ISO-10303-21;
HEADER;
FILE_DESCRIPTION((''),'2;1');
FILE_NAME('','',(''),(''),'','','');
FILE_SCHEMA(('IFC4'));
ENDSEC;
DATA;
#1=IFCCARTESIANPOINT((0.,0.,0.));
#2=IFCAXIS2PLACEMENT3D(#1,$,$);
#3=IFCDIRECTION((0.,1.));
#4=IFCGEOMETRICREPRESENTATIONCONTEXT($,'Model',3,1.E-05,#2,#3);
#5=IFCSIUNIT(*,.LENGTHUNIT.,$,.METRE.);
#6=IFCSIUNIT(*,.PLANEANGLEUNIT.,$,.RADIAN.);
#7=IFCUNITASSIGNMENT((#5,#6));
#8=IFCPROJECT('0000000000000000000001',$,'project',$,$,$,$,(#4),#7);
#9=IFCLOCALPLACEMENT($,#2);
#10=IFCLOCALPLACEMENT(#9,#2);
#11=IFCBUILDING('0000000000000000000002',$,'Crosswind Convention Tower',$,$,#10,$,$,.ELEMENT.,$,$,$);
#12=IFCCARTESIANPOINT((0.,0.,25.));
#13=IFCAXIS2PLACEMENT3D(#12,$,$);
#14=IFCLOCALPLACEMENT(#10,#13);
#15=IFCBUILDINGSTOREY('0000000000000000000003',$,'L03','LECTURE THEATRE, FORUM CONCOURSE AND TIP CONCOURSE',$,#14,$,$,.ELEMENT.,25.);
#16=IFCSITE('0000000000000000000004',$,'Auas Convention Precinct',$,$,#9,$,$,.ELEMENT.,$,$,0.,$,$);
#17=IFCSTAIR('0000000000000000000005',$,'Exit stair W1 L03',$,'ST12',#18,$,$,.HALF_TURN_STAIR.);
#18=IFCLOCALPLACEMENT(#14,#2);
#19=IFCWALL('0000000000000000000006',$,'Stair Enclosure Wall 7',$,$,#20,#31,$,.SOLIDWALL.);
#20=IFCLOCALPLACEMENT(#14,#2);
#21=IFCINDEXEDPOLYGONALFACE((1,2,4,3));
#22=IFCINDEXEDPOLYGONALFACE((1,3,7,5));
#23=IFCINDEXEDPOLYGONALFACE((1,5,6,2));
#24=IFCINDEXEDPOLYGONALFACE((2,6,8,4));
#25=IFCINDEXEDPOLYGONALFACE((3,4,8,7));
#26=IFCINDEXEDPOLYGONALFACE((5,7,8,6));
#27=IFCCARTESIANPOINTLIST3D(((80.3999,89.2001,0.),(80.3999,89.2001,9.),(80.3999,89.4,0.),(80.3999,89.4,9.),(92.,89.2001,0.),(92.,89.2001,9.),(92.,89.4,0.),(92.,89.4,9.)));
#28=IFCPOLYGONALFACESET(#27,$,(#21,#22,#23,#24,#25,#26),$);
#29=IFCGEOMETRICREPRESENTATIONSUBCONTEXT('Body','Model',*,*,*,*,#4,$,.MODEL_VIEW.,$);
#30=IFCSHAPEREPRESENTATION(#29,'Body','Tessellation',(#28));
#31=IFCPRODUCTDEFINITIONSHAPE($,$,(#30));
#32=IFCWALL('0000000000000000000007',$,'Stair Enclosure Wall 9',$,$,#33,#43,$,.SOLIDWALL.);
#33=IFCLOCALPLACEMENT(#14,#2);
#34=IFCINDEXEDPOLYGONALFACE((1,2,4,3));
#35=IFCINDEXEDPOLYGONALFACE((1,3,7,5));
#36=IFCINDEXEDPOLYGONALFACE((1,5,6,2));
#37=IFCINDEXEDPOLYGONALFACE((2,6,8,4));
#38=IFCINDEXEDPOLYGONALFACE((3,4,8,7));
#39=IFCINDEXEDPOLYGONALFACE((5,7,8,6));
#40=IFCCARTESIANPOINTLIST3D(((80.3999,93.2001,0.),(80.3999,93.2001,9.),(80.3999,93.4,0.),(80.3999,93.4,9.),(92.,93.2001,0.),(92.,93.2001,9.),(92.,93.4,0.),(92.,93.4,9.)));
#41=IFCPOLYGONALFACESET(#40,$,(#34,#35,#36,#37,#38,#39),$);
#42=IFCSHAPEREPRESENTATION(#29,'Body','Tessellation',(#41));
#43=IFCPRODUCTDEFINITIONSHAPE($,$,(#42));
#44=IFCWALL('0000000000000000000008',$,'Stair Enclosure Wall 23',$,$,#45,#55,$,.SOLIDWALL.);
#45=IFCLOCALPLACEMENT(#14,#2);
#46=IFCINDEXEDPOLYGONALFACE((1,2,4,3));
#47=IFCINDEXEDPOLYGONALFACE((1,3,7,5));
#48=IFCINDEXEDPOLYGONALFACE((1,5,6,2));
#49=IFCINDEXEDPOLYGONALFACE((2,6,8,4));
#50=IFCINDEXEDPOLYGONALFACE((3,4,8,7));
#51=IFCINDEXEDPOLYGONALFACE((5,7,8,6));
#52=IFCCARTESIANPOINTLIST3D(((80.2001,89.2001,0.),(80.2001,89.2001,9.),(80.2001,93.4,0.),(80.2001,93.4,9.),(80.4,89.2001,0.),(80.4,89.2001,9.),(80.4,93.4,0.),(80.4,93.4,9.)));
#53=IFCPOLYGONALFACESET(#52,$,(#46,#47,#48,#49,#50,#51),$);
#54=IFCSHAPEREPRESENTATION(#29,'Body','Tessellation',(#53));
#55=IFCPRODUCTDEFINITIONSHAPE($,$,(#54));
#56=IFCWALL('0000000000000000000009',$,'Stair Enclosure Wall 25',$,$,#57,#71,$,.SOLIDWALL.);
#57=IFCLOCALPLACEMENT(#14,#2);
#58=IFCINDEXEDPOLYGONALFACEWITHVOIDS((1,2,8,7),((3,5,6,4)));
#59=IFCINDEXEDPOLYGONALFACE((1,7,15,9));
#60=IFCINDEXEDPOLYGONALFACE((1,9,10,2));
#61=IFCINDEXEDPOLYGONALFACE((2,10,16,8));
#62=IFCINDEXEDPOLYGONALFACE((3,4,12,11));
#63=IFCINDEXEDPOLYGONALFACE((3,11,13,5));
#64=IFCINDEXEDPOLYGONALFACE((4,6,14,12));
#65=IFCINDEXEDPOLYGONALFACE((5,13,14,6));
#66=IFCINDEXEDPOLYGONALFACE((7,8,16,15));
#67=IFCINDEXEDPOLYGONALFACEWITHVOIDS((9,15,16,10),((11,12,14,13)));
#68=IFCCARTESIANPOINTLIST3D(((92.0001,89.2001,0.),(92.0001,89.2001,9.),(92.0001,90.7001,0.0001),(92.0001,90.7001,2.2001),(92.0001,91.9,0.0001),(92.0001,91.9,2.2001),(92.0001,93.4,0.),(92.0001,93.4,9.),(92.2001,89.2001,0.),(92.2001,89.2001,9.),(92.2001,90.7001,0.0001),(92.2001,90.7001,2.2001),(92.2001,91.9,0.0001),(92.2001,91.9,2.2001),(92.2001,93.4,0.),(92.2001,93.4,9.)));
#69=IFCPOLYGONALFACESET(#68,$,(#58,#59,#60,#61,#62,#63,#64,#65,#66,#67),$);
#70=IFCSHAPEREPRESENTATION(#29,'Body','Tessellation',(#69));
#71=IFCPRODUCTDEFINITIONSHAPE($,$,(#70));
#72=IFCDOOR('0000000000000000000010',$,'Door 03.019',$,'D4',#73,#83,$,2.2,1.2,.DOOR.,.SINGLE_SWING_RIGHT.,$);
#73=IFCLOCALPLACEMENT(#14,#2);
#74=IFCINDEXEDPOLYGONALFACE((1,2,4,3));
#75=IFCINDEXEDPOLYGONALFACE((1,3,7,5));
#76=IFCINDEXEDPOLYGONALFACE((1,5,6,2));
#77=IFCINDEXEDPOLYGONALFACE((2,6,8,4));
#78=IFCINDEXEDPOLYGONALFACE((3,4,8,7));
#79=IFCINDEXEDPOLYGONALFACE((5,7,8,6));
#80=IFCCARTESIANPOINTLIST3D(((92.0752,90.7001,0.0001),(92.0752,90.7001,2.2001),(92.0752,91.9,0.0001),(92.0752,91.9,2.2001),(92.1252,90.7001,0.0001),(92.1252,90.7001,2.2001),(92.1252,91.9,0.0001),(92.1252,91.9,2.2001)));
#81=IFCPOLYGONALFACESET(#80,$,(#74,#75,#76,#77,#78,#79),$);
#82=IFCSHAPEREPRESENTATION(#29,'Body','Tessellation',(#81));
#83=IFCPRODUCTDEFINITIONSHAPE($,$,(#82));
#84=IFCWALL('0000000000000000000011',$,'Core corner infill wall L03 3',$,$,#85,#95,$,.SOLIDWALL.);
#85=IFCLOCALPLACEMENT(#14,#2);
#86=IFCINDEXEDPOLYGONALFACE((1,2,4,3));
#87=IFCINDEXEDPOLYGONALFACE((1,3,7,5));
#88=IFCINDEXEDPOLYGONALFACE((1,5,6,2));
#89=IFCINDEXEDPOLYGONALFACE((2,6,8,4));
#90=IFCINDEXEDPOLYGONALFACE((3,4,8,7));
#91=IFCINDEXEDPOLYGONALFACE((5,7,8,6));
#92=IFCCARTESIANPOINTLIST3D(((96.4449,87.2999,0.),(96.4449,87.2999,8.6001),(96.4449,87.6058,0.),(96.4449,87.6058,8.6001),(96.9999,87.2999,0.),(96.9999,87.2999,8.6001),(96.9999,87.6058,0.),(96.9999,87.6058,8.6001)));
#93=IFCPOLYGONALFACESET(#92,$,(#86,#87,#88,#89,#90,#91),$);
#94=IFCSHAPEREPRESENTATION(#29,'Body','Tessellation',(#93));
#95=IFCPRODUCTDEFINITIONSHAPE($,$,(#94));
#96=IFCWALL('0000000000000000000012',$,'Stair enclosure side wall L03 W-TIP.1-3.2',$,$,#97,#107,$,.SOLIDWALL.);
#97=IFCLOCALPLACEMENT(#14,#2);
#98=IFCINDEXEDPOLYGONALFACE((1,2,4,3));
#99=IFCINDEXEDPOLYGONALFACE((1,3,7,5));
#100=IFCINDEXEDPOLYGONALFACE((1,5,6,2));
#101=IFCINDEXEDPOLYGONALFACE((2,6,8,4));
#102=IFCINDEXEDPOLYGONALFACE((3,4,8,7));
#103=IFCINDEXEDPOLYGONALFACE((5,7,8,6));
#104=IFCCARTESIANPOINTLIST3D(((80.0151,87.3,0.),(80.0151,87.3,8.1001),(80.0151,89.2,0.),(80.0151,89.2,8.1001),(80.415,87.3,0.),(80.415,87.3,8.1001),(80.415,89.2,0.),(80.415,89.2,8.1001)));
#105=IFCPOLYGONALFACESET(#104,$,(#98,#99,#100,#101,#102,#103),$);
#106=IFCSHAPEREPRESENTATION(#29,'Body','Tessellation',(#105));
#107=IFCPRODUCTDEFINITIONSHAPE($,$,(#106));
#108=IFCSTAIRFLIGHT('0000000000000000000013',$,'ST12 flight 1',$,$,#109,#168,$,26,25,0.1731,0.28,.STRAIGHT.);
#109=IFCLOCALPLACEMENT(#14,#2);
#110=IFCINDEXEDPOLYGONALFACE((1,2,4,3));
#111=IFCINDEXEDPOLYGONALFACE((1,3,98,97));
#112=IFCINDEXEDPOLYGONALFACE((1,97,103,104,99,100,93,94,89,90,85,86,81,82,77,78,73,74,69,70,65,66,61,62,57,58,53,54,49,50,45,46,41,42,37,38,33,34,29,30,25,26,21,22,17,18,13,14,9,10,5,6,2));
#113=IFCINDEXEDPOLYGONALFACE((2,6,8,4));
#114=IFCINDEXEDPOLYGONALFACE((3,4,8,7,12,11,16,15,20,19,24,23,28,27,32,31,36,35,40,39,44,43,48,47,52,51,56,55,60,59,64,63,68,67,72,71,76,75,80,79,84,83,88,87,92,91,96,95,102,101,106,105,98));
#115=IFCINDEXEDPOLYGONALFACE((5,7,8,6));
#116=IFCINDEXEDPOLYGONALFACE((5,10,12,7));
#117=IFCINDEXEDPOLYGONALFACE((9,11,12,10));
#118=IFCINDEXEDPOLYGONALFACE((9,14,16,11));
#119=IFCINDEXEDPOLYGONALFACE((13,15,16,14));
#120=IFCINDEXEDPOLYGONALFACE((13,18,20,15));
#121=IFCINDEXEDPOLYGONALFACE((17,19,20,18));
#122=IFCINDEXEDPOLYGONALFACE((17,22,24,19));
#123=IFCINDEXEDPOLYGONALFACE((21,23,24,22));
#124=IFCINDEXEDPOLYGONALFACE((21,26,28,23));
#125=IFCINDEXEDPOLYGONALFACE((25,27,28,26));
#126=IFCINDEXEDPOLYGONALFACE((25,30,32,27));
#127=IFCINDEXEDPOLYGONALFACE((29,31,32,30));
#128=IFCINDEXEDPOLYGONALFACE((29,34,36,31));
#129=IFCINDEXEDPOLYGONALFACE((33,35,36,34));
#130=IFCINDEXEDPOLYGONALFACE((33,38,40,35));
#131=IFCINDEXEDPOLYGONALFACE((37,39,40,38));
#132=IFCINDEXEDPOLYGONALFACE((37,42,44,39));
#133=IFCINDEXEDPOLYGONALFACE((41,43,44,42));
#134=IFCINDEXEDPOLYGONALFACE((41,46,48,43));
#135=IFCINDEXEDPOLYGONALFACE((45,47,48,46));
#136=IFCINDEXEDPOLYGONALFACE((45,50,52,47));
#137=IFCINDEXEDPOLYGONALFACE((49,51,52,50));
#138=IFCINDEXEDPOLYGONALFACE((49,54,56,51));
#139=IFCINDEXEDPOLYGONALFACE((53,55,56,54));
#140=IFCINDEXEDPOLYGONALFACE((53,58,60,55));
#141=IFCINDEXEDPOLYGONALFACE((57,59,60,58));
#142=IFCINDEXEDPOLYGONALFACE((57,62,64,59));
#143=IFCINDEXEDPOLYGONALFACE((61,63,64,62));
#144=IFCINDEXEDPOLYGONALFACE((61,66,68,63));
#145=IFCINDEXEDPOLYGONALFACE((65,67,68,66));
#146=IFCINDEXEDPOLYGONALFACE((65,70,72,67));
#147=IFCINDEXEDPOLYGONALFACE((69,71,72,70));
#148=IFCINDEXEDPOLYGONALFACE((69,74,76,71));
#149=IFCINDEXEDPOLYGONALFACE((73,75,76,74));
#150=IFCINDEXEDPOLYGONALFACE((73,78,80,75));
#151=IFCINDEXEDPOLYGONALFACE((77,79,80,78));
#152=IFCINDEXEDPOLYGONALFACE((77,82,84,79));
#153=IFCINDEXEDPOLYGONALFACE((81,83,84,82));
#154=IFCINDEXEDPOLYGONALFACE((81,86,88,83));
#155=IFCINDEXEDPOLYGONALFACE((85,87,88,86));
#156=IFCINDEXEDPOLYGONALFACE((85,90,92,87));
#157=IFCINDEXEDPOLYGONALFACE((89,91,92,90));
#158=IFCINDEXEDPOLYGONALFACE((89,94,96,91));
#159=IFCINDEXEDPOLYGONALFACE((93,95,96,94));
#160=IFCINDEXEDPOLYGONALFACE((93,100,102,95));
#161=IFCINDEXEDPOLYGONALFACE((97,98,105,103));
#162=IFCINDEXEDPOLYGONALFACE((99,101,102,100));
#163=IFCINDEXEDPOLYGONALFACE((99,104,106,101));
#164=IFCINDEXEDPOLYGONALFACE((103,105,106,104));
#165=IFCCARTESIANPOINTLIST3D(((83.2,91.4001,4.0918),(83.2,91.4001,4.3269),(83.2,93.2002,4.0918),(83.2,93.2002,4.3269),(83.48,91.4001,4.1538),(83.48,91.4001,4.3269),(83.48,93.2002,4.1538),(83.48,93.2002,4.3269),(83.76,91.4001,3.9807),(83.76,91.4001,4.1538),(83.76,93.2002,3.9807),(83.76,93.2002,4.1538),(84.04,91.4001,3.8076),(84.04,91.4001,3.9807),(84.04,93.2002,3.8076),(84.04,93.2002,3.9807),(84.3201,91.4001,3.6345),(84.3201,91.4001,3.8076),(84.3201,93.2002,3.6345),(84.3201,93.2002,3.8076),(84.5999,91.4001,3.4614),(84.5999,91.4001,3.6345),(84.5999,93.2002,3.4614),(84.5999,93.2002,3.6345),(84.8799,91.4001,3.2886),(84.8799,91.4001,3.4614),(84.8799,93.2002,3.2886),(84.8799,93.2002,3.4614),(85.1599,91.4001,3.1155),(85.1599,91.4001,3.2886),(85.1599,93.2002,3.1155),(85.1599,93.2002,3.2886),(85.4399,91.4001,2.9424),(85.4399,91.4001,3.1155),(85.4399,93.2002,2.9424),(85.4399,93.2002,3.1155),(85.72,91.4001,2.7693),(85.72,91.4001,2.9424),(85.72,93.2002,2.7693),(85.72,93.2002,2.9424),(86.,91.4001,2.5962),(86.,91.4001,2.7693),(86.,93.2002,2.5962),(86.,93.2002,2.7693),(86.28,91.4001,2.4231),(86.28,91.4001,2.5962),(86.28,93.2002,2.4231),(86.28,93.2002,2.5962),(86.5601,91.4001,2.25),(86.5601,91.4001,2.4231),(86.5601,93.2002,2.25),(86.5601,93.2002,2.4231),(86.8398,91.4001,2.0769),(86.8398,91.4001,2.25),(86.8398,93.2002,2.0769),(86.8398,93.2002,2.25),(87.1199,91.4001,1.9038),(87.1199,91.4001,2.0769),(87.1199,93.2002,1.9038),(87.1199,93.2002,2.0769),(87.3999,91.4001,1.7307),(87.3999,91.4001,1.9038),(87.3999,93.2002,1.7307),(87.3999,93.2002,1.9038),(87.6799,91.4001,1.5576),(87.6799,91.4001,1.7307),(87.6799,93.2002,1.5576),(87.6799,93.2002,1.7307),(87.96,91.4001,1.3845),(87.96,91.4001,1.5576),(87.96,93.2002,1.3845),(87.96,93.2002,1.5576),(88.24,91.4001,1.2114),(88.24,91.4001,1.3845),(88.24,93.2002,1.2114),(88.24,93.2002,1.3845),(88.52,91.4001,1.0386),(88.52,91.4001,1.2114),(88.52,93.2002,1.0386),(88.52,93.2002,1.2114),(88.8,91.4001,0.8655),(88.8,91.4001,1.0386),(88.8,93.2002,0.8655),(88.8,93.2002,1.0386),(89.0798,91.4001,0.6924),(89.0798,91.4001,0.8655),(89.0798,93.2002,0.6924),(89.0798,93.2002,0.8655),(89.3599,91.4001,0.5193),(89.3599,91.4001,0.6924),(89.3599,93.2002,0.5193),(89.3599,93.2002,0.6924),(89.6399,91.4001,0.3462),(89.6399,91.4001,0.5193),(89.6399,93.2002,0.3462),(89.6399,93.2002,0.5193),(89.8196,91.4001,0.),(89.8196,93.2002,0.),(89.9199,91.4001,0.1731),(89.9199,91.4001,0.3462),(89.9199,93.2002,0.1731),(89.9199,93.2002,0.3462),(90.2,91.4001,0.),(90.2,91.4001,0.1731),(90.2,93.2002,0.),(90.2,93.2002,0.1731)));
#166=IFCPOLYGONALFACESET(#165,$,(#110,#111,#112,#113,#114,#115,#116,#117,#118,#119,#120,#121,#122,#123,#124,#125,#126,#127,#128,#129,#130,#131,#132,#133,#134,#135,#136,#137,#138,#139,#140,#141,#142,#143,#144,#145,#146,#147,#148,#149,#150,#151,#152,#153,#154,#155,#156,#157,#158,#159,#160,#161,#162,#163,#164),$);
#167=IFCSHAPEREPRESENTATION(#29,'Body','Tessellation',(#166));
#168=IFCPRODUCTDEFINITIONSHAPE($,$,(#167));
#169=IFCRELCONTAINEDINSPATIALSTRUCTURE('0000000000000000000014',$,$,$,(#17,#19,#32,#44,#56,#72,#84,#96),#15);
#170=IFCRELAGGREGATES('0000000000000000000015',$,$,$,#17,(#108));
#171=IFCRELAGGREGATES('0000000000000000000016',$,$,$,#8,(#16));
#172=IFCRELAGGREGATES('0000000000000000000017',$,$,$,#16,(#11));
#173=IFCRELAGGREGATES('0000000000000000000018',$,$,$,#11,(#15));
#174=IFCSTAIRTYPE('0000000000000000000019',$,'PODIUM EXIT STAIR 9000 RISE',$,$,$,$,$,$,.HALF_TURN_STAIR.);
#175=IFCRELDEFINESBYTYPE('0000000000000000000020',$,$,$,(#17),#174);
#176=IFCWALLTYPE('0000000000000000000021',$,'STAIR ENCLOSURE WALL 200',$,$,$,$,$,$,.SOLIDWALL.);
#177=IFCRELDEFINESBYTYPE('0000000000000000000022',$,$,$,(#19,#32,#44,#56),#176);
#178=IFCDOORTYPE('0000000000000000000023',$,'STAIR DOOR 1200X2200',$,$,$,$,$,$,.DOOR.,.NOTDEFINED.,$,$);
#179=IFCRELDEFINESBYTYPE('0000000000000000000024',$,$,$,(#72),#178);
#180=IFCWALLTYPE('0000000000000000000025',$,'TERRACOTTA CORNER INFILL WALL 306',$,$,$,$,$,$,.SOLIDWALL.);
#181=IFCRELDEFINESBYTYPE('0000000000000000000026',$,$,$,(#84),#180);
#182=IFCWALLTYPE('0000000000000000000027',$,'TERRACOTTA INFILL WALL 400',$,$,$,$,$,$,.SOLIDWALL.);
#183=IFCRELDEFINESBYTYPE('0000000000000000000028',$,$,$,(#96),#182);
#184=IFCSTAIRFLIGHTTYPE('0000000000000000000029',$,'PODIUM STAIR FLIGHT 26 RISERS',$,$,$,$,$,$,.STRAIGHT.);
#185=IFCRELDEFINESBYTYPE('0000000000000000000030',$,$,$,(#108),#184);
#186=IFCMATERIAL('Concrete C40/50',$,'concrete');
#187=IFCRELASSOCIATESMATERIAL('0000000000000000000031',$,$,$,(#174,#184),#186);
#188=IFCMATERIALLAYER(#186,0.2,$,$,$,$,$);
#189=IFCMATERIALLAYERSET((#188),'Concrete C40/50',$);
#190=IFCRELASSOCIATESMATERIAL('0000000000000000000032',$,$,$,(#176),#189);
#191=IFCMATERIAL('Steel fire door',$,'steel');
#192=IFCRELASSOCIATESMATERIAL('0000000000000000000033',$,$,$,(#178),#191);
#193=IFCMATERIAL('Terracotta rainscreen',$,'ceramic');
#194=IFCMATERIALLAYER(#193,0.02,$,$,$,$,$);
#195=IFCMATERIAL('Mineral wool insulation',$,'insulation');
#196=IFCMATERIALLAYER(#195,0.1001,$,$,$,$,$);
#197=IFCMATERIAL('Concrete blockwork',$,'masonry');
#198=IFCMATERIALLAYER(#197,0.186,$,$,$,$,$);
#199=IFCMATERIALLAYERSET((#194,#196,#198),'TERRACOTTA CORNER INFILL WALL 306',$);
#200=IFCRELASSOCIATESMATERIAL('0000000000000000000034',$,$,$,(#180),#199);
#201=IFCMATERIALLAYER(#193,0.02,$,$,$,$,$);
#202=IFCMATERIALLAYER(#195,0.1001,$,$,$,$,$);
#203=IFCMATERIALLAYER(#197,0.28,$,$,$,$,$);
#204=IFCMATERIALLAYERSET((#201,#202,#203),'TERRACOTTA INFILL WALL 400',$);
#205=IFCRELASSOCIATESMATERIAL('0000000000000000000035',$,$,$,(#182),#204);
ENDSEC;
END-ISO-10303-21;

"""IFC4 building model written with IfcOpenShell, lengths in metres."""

from ifc_helpers import new_model, si_unit, direction, frame, frame_2d, origin, place, context, subcontext, project, spatial, polyline, rectangle, outline, extrude, material, layer, layer_set, type_object, element, fill, aggregate, save


model = new_model("IFC4")

# Units and contexts
model_context = context("Model", 3, precision=1e-05, world=origin(), true_north=direction((0.0, 1.0)))
body_context = subcontext(model_context, "Body", "Model", "MODEL_VIEW")
ifc_project = project(units=[si_unit("LENGTHUNIT", "METRE"), si_unit("PLANEANGLEUNIT", "RADIAN")], contexts=[model_context])

# Site, building, storey
site_placement = place(None, origin())
site = spatial("IfcSite", under=ifc_project, at=site_placement, Name="Auas Convention Precinct", CompositionType="ELEMENT", RefElevation=0.0)
building_placement = place(site_placement, origin())
building = spatial("IfcBuilding", under=site, at=building_placement, Name="Crosswind Convention Tower", CompositionType="ELEMENT")
storey_placement = place(building_placement, frame((0.0, 0.0, 25.0)))
storey = spatial("IfcBuildingStorey", under=building, at=storey_placement, Name="L03", Description="LECTURE THEATRE, FORUM CONCOURSE AND TIP CONCOURSE", CompositionType="ELEMENT", Elevation=25.0)

# Stair
ifc_material_1 = material(Name="Concrete C40/50", Category="concrete")
stair_type = type_object("IfcStairType", Name="PODIUM EXIT STAIR 9000 RISE", PredefinedType="HALF_TURN_STAIR", material=ifc_material_1)
stair_1_placement = place(storey_placement, origin())
stair_1 = element("IfcStair", 1, at=stair_1_placement, inside=storey, type_object=stair_type, Name="Exit stair W1 L03", ObjectType="ST12", PredefinedType="HALF_TURN_STAIR")

# Walls
ifc_layer_1 = layer(ifc_material_1, 0.2)
ifc_layer_set_1 = layer_set([ifc_layer_1], Name="Concrete C40/50")
wall_type_1 = type_object("IfcWallType", Name="STAIR ENCLOSURE WALL 200", PredefinedType="SOLIDWALL", material=ifc_layer_set_1)
for number, where, z_axis, x_axis, name in (
    (2, (80.3999, 89.3, 0.0), (0.0, 0.0, 1.0), (1.0, 0.0, 0.0), "Stair Enclosure Wall 7"),
    (3, (80.3999, 93.3, 0.0), (0.0, 0.0, 1.0), (1.0, 0.0, 0.0), "Stair Enclosure Wall 9"),
):
    element("IfcWall", number, at=place(storey_placement, frame(where, z_axis=z_axis, x_axis=x_axis)), inside=storey, type_object=wall_type_1, Name=name, PredefinedType="SOLIDWALL", context=body_context, shape_type="SweptSolid", body=[
        extrude(rectangle(XDim=11.6001, YDim=0.2, at=frame_2d((5.8, 0.0))), origin(), (0.0, 0.0, 1.0), 9.0),
    ])
wall_1_placement = place(storey_placement, frame((80.3, 89.2, 0.0), z_axis=(0.0, 0.0, 1.0), x_axis=(0.0, 1.0, 0.0)))
element("IfcWall", 4, at=wall_1_placement, inside=storey, type_object=wall_type_1, Name="Stair Enclosure Wall 23", PredefinedType="SOLIDWALL", context=body_context, shape_type="SweptSolid", body=[
    extrude(rectangle(XDim=4.2, YDim=0.2, at=frame_2d((2.1001, 0.0))), origin(), (0.0, 0.0, 1.0), 9.0),
])

# Wall, opening, door
wall_2_placement = place(storey_placement, frame((92.1001, 89.2, 0.0), z_axis=(0.0, 0.0, 1.0), x_axis=(0.0, 1.0, 0.0)))
wall_2 = element("IfcWall", 5, at=wall_2_placement, inside=storey, type_object=wall_type_1, Name="Stair Enclosure Wall 25", PredefinedType="SOLIDWALL", context=body_context, shape_type="SweptSolid", body=[
    extrude(rectangle(XDim=4.2, YDim=0.2, at=frame_2d((2.1001, 0.0))), origin(), (0.0, 0.0, 1.0), 9.0),
])
opening_placement = place(wall_2_placement, frame((1.5, 0.0, 0.0)))
opening = element("IfcOpeningElement", 6, at=opening_placement, cuts=wall_2, PredefinedType="OPENING", context=body_context, shape_type="SweptSolid", body=[
    extrude(rectangle(XDim=1.2, YDim=2.2, at=frame_2d((0.6001, 1.1001))), frame((0.0, 0.1099, 0.0), z_axis=(0.0, -1.0, 0.0), x_axis=(1.0, 0.0, 0.0)), (0.0, 0.0, 1.0), 0.22),
])
ifc_material_2 = material(Name="Steel fire door", Category="steel")
door_type = type_object("IfcDoorType", Name="STAIR DOOR 1200X2200", OperationType="NOTDEFINED", PredefinedType="DOOR", material=ifc_material_2)
door_placement = place(opening_placement, origin())
door = element("IfcDoor", 7, at=door_placement, inside=storey, type_object=door_type, Name="Door 03.019", ObjectType="D4", OperationType="SINGLE_SWING_RIGHT", OverallHeight=2.2, OverallWidth=1.2, PredefinedType="DOOR", context=body_context, shape_type="SweptSolid", body=[
    extrude(rectangle(XDim=1.2, YDim=2.2, at=frame_2d((0.6001, 1.1001))), frame((0.0, 0.0249, 0.0), z_axis=(0.0, -1.0, 0.0), x_axis=(1.0, 0.0, 0.0)), (0.0, 0.0, 1.0), 0.05),
])
fill(opening, door)

# Walls
ifc_material_3 = material(Name="Terracotta rainscreen", Category="ceramic")
ifc_layer_2 = layer(ifc_material_3, 0.02)
ifc_material_4 = material(Name="Mineral wool insulation", Category="insulation")
ifc_layer_3 = layer(ifc_material_4, 0.1001)
ifc_material_5 = material(Name="Concrete blockwork", Category="masonry")
ifc_layer_4 = layer(ifc_material_5, 0.186)
ifc_layer_set_2 = layer_set([ifc_layer_2, ifc_layer_3, ifc_layer_4], Name="TERRACOTTA CORNER INFILL WALL 306")
wall_type_2 = type_object("IfcWallType", Name="TERRACOTTA CORNER INFILL WALL 306", PredefinedType="SOLIDWALL", material=ifc_layer_set_2)
wall_3_placement = place(storey_placement, frame((96.4451, 87.4529, 0.0), z_axis=(0.0, 0.0, 1.0), x_axis=(1.0, 0.0, 0.0)))
element("IfcWall", 8, at=wall_3_placement, inside=storey, type_object=wall_type_2, Name="Core corner infill wall L03 3", PredefinedType="SOLIDWALL", context=body_context, shape_type="SweptSolid", body=[
    extrude(rectangle(XDim=0.5549, YDim=0.3059, at=frame_2d((0.2773, 0.0))), origin(), (0.0, 0.0, 1.0), 8.6001),
])
ifc_layer_5 = layer(ifc_material_3, 0.02)
ifc_layer_6 = layer(ifc_material_4, 0.1001)
ifc_layer_7 = layer(ifc_material_5, 0.28)
ifc_layer_set_3 = layer_set([ifc_layer_5, ifc_layer_6, ifc_layer_7], Name="TERRACOTTA INFILL WALL 400")
wall_type_3 = type_object("IfcWallType", Name="TERRACOTTA INFILL WALL 400", PredefinedType="SOLIDWALL", material=ifc_layer_set_3)
wall_4_placement = place(storey_placement, frame((80.2151, 89.2, 0.0), z_axis=(0.0, 0.0, 1.0), x_axis=(0.0, -1.0, 0.0)))
element("IfcWall", 9, at=wall_4_placement, inside=storey, type_object=wall_type_3, Name="Stair enclosure side wall L03 W-TIP.1-3.2", PredefinedType="SOLIDWALL", context=body_context, shape_type="SweptSolid", body=[
    extrude(rectangle(XDim=1.8999, YDim=0.3999, at=frame_2d((0.95, 0.0))), origin(), (0.0, 0.0, 1.0), 8.1001),
])

# Stair flight
stair_flight_type = type_object("IfcStairFlightType", Name="PODIUM STAIR FLIGHT 26 RISERS", PredefinedType="STRAIGHT", material=ifc_material_1)
stair_flight_1_placement = place(storey_placement, frame((90.2, 92.3, 0.0), z_axis=(0.0, 0.0, 1.0), x_axis=(-1.0, 0.0, 0.0)))
stair_flight_1 = element("IfcStairFlight", 10, at=stair_flight_1_placement, type_object=stair_flight_type, Name="ST12 flight 1", NumberOfRisers=26, NumberOfTreads=25, PredefinedType="STRAIGHT", RiserHeight=0.1731, TreadLength=0.28, context=body_context, shape_type="SweptSolid", body=[
    extrude(outline(polyline([(0.0, 0.0), (0.0, 0.1731), (0.28, 0.1731), (0.28, 0.3462), (0.5601, 0.3462), (0.5601, 0.5193), (0.8401, 0.5193), (0.8401, 0.6924), (1.1201, 0.6924), (1.1201, 0.8655), (1.3999, 0.8655), (1.3999, 1.0386), (1.6799, 1.0386), (1.6799, 1.2114), (1.96, 1.2114), (1.96, 1.3845), (2.24, 1.3845), (2.24, 1.5576), (2.52, 1.5576), (2.52, 1.7307), (2.8, 1.7307), (2.8, 1.9038), (3.0801, 1.9038), (3.0801, 2.0769), (3.3601, 2.0769), (3.3601, 2.25), (3.6399, 2.25), (3.6399, 2.4231), (3.9199, 2.4231), (3.9199, 2.5962), (4.2, 2.5962), (4.2, 2.7693), (4.48, 2.7693), (4.48, 2.9424), (4.76, 2.9424), (4.76, 3.1155), (5.04, 3.1155), (5.04, 3.2886), (5.3201, 3.2886), (5.3201, 3.4614), (5.6001, 3.4614), (5.6001, 3.6345), (5.8799, 3.6345), (5.8799, 3.8076), (6.1599, 3.8076), (6.1599, 3.9807), (6.4399, 3.9807), (6.4399, 4.1538), (6.72, 4.1538), (6.72, 4.3269), (7.0, 4.3269), (7.0, 4.5), (7.0, 4.0918), (0.3804, 0.0), (0.0, 0.0)])), frame((0.0, 0.8999, 0.0), z_axis=(0.0, -1.0, 0.0), x_axis=(1.0, 0.0, 0.0)), (0.0, 0.0, 1.0), 1.8),
])
aggregate(stair_1, [stair_flight_1])

save(model, "model.ifc")
